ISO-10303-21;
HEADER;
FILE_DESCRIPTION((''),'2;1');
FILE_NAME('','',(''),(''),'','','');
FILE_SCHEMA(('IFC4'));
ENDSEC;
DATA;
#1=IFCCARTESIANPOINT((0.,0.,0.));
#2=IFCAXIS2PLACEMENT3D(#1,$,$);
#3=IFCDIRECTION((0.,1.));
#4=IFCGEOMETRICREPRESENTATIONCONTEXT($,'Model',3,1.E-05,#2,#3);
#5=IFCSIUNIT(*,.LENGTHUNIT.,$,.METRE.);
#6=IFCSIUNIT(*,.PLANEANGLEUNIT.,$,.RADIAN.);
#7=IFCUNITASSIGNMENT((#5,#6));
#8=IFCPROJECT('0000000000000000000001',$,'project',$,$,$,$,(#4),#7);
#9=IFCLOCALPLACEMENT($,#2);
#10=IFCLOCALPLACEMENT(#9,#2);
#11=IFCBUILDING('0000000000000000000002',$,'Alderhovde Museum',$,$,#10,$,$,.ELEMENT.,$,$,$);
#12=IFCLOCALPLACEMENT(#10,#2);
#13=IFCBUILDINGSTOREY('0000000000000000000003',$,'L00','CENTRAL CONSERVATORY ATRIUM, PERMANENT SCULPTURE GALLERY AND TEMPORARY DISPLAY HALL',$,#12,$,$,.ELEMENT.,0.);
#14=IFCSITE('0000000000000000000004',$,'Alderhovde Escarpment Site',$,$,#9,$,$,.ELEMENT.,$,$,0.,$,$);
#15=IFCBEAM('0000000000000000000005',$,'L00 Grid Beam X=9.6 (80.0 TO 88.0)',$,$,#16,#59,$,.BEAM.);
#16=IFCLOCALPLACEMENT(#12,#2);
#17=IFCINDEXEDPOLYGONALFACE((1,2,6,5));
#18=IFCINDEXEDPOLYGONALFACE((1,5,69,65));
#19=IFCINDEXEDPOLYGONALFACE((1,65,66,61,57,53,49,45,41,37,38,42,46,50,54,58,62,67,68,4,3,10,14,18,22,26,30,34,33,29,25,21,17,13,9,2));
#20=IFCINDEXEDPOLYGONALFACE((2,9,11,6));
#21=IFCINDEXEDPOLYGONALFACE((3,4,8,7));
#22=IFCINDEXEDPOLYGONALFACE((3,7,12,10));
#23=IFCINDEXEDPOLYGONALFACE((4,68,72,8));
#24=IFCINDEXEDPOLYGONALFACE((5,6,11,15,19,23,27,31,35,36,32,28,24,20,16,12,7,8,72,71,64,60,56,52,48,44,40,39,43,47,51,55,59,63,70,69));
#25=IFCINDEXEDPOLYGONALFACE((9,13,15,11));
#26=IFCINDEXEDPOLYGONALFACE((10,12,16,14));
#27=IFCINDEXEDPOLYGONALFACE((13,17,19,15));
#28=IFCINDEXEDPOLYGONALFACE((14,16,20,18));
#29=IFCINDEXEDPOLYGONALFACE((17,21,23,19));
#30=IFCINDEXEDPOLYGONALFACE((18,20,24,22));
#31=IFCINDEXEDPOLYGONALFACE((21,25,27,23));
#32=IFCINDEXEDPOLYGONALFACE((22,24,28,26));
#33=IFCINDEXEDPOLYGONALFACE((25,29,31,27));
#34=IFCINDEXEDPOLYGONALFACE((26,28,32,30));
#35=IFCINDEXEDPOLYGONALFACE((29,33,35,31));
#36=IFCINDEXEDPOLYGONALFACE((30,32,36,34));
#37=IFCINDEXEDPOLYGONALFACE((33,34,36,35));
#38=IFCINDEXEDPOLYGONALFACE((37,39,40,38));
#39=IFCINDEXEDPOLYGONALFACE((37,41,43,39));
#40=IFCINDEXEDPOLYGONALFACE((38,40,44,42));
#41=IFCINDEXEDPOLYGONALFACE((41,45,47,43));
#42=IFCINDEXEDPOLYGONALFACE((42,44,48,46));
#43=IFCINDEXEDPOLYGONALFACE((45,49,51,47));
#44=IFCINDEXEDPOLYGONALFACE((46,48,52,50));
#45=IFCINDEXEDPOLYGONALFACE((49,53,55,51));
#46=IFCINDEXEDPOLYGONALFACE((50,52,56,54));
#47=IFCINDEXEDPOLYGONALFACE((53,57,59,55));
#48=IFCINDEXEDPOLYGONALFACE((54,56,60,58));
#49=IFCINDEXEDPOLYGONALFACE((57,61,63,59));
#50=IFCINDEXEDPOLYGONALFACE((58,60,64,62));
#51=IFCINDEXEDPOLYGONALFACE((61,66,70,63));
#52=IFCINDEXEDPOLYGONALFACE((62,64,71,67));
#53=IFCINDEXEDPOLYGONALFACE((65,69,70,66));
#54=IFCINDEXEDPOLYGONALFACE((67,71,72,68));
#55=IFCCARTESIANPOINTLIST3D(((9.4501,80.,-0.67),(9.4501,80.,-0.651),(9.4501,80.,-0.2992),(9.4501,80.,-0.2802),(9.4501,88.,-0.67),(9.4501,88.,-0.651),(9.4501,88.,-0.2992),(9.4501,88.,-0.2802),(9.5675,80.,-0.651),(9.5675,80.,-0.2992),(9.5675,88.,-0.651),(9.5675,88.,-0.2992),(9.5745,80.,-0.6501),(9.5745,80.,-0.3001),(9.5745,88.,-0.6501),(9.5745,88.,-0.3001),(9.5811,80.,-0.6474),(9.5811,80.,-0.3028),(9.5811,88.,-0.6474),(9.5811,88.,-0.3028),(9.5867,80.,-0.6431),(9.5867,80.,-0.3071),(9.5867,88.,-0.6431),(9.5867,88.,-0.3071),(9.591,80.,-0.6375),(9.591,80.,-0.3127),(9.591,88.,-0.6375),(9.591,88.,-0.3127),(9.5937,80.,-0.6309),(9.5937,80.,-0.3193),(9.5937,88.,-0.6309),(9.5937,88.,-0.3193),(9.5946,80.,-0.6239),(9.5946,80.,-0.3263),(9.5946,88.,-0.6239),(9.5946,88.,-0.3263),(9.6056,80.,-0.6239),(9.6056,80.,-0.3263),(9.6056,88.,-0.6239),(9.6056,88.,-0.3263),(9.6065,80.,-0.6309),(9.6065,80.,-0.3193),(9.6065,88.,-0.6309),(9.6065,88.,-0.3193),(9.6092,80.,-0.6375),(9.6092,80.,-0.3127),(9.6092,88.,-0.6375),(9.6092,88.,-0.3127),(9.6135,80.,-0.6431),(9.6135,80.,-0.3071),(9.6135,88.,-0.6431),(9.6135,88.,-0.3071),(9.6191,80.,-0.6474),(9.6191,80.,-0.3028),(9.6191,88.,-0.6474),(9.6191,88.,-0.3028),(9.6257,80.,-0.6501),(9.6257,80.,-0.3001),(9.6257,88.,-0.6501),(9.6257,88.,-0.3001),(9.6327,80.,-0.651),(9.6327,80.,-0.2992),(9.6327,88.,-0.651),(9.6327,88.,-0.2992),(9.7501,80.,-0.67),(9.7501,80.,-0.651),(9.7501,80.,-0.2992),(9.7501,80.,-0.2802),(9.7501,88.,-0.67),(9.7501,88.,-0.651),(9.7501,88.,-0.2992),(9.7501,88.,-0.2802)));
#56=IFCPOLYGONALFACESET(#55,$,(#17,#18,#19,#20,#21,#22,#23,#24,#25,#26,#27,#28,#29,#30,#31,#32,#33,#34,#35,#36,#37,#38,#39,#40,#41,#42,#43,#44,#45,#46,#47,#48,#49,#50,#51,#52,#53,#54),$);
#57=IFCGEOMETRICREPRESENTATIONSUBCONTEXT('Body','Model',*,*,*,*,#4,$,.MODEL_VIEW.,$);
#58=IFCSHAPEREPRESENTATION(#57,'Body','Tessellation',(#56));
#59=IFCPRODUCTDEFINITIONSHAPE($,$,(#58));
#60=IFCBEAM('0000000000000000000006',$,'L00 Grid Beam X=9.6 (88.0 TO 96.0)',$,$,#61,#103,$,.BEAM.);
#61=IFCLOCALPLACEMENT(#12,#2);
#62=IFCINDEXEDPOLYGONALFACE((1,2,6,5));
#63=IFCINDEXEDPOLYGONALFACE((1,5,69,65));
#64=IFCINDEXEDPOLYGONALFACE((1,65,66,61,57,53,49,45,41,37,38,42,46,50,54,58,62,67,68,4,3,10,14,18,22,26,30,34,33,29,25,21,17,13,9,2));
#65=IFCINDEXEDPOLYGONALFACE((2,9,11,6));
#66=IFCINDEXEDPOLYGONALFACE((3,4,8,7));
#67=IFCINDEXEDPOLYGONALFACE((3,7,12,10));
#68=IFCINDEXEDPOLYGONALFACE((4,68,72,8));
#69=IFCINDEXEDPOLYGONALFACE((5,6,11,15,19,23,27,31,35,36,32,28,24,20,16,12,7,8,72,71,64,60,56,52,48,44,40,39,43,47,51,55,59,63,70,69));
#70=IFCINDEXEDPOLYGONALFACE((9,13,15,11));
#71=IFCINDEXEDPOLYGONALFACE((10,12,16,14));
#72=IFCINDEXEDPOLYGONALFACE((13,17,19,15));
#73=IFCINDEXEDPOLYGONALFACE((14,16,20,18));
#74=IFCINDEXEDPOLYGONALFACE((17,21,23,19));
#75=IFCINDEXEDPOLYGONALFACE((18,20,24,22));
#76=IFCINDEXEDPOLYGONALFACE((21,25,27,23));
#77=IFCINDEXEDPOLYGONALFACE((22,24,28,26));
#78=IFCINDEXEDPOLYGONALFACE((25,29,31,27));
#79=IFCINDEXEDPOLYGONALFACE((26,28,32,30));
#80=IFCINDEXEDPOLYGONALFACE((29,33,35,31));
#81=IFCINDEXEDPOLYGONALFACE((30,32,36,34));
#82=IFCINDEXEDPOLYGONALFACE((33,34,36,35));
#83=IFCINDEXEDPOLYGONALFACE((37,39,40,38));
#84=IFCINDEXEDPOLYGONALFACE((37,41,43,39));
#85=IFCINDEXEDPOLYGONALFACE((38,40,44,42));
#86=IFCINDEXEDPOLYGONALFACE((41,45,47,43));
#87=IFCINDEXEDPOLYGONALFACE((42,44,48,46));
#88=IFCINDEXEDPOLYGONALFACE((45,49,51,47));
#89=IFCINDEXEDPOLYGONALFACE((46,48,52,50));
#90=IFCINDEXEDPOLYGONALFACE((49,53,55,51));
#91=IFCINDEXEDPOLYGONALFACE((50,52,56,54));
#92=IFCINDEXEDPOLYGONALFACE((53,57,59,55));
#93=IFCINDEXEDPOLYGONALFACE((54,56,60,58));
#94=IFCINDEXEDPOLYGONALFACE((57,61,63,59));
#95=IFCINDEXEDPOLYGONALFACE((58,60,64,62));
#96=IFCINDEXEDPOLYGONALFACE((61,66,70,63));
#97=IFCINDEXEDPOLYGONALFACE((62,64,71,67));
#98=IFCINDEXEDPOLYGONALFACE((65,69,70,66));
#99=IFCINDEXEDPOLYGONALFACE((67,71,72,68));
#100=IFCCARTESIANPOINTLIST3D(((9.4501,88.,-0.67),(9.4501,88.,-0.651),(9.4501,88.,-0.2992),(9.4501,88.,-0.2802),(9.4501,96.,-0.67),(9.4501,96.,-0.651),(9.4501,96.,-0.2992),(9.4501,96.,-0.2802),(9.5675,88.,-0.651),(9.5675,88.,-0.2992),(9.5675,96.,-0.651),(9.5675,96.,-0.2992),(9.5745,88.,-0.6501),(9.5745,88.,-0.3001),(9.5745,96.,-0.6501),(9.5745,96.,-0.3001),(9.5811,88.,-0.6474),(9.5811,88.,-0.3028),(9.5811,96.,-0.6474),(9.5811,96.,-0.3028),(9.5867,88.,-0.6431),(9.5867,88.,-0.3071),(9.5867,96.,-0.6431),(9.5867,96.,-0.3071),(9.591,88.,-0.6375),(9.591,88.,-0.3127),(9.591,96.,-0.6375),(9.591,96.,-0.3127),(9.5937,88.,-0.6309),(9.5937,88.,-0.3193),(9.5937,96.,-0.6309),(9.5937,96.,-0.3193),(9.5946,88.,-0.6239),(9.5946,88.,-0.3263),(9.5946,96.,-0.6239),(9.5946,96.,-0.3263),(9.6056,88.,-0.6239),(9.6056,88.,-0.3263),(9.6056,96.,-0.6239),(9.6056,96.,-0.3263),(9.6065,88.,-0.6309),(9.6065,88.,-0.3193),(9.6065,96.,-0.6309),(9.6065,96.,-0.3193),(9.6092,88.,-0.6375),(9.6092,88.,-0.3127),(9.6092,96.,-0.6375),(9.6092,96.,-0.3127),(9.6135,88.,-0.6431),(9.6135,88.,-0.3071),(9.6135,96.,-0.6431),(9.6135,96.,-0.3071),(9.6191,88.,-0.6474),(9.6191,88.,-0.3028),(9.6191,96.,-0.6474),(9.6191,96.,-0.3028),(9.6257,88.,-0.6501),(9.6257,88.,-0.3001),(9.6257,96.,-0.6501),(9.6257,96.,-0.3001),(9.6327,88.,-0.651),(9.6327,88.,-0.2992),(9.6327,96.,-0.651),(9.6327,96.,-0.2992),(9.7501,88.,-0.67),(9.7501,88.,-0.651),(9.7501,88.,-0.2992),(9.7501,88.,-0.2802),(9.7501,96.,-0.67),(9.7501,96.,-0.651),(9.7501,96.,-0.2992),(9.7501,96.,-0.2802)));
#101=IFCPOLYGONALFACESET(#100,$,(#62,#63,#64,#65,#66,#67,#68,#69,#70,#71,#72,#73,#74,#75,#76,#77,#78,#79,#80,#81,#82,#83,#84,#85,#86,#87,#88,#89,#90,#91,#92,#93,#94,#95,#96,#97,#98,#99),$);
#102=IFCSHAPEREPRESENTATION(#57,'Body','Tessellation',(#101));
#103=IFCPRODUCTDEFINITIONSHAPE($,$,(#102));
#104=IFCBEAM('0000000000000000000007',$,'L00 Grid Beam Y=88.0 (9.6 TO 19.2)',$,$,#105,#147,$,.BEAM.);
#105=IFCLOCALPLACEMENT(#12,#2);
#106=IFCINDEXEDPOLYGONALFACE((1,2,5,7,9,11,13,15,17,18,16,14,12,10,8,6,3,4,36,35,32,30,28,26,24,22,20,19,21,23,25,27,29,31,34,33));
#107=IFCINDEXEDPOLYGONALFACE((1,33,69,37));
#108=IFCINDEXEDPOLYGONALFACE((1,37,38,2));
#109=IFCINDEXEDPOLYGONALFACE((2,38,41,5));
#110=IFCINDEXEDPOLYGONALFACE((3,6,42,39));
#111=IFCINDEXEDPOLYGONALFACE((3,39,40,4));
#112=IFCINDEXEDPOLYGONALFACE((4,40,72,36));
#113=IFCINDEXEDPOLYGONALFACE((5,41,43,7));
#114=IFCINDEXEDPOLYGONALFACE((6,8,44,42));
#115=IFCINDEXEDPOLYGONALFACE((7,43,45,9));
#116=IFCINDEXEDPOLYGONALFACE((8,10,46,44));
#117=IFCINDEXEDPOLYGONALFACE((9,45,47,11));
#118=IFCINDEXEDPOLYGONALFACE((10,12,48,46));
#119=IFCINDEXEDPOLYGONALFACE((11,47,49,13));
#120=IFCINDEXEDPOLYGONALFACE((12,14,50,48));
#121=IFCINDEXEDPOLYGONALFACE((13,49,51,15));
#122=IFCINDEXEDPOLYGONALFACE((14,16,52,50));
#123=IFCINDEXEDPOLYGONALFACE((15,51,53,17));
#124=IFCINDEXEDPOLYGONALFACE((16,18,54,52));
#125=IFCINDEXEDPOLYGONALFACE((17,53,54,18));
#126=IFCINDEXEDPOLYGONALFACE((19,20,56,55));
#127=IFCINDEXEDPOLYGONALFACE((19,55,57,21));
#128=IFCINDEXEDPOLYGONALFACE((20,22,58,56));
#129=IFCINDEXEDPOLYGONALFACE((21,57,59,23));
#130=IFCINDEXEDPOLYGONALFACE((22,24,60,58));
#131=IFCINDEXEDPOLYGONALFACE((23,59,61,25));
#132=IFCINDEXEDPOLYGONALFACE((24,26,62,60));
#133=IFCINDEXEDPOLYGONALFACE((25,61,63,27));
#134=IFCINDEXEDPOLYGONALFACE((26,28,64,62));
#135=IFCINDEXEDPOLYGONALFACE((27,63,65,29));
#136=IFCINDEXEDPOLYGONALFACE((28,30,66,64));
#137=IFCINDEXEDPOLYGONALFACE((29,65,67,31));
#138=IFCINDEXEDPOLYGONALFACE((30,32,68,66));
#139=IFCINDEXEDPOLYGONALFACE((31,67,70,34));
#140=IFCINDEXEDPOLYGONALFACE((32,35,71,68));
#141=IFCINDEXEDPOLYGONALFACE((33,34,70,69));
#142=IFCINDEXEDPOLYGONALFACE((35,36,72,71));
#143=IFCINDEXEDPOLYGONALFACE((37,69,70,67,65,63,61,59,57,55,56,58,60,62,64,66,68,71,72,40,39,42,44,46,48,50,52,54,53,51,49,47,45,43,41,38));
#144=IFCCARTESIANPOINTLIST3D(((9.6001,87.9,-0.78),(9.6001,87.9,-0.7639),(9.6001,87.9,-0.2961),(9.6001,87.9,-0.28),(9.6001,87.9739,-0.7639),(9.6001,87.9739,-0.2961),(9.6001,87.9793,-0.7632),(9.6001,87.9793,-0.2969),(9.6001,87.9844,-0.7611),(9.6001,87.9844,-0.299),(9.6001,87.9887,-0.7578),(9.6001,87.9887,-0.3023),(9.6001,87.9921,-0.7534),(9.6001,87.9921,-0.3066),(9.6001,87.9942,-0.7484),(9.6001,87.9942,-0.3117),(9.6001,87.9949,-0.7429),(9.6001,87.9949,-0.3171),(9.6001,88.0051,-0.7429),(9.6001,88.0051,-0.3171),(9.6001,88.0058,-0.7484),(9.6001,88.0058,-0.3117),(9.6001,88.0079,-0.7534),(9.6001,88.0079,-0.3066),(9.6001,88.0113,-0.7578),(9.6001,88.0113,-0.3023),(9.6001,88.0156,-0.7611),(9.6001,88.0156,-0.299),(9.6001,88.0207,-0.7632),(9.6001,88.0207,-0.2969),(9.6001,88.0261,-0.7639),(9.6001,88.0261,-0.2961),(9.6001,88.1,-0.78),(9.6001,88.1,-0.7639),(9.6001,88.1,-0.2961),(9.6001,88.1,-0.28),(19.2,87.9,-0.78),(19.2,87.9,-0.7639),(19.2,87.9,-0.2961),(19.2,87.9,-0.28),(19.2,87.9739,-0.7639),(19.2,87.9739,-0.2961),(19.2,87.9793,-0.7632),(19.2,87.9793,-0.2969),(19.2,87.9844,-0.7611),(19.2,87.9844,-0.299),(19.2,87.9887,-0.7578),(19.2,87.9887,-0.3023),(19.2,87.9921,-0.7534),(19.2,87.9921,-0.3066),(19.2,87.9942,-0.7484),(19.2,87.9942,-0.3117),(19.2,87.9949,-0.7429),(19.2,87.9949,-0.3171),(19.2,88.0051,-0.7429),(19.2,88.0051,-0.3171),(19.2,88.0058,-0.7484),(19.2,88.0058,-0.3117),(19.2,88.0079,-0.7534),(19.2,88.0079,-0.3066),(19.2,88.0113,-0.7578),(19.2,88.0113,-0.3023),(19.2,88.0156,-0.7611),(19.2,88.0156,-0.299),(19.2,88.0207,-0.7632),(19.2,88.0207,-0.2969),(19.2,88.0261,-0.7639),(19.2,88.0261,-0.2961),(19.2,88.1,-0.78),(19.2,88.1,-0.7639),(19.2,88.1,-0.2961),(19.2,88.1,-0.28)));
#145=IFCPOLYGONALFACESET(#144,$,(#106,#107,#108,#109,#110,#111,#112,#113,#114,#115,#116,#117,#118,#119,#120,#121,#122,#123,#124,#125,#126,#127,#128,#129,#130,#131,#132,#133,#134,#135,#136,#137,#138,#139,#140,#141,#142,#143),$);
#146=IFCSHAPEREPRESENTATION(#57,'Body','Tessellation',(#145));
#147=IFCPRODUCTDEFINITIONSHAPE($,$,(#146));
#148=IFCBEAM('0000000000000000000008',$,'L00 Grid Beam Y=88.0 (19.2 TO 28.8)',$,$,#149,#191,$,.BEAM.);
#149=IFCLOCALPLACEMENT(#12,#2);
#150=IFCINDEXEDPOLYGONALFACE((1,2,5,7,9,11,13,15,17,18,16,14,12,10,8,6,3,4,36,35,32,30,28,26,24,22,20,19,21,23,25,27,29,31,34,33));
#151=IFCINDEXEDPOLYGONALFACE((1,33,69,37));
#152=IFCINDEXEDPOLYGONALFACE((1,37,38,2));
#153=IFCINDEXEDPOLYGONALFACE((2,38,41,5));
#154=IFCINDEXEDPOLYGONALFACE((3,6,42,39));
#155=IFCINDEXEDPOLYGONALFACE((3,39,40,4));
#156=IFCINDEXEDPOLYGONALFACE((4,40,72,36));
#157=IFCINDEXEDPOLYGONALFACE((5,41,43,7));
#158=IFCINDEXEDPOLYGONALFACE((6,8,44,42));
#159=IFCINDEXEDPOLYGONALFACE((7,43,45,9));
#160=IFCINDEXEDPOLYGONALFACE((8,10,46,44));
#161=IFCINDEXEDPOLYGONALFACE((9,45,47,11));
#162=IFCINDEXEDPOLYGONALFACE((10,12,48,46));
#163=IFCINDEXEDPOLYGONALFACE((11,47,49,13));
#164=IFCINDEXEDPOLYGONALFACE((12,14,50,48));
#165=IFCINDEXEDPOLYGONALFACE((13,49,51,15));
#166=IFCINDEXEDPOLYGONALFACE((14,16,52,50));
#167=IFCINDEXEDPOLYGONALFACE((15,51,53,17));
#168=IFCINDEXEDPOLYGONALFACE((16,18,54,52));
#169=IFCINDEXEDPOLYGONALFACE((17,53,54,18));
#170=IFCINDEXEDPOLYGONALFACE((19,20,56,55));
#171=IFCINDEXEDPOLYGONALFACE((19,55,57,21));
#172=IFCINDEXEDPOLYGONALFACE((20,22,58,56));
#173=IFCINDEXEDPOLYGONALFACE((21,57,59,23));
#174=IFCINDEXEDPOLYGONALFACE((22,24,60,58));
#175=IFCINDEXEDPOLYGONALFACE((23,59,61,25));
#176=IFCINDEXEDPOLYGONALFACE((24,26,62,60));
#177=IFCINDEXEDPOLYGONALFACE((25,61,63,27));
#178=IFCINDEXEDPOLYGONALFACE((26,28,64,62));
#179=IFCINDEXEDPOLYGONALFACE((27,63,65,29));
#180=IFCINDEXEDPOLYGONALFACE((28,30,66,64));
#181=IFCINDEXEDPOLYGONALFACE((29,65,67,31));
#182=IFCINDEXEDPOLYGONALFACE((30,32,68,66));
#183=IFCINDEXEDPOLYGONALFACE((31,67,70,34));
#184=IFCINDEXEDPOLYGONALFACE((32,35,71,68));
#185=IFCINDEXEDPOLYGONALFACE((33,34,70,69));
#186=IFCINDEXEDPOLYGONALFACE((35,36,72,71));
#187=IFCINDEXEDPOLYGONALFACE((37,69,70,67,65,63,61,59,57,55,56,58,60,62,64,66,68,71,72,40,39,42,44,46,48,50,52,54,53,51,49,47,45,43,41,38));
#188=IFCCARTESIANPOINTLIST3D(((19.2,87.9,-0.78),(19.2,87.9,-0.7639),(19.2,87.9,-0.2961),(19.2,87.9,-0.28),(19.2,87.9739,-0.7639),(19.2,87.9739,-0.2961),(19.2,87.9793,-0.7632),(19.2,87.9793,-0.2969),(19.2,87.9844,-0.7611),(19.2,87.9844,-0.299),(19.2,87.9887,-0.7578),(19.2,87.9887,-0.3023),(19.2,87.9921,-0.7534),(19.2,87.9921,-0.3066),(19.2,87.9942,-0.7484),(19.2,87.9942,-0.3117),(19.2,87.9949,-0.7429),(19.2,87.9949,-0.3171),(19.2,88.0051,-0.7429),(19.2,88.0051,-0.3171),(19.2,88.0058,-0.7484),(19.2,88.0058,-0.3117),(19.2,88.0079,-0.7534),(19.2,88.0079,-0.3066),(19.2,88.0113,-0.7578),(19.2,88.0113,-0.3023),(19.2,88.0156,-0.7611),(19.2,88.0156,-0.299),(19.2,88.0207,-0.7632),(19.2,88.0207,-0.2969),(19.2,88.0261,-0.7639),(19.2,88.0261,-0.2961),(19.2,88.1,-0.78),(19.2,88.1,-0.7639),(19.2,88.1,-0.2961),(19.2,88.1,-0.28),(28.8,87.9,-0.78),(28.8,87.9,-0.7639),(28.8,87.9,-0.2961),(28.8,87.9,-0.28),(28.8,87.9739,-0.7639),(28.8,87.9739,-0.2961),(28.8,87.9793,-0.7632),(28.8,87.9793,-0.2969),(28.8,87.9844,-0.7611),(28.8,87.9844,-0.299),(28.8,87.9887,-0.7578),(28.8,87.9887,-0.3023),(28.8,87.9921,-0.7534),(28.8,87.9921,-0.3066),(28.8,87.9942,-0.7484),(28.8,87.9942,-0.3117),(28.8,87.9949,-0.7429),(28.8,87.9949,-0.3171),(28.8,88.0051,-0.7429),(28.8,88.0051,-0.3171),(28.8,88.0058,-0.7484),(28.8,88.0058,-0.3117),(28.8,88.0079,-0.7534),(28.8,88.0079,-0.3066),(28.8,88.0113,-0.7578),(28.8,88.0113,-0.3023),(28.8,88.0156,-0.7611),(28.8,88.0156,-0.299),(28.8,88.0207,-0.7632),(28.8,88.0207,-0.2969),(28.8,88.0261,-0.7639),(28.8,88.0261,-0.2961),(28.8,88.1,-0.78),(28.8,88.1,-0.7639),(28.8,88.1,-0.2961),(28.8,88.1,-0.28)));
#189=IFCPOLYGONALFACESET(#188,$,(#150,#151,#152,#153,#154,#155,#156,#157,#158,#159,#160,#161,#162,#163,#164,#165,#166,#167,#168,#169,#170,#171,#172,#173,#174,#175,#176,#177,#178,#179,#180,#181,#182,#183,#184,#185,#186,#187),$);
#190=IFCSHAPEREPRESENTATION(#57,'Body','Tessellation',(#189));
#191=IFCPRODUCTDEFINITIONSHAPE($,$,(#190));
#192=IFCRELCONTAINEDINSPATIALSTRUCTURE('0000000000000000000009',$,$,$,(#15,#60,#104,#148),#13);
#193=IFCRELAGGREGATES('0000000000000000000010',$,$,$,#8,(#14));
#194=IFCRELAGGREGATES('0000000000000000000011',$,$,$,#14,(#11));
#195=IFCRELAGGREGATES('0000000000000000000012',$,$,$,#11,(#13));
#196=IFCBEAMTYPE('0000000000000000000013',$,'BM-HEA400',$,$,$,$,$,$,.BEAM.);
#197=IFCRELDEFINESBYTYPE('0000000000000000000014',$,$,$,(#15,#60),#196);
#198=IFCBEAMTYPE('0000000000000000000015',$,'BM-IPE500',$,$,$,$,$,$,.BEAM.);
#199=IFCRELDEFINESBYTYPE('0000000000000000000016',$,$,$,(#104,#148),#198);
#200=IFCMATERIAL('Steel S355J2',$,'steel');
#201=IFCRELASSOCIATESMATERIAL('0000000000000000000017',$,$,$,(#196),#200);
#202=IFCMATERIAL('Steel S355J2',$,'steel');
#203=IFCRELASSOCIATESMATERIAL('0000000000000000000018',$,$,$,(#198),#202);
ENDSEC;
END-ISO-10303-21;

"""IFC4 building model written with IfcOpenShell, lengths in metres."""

from ifc_helpers import new_model, si_unit, direction, frame, origin, origin_2d, place, context, subcontext, project, spatial, i_section, extrude, material, material_profile, profile_set, type_object, element, save


model = new_model("IFC4")

# Units and contexts
model_context = context("Model", 3, precision=1e-05, world=origin(), true_north=direction((0.0, 1.0)))
body_context = subcontext(model_context, "Body", "Model", "MODEL_VIEW")
ifc_project = project(units=[si_unit("LENGTHUNIT", "METRE"), si_unit("PLANEANGLEUNIT", "RADIAN")], contexts=[model_context])

# Site, building, storey
site_placement = place(None, origin())
site = spatial("IfcSite", under=ifc_project, at=site_placement, Name="Alderhovde Escarpment Site", CompositionType="ELEMENT", RefElevation=0.0)
building_placement = place(site_placement, origin())
building = spatial("IfcBuilding", under=site, at=building_placement, Name="Alderhovde Museum", CompositionType="ELEMENT")
storey_placement = place(building_placement, origin())
storey = spatial("IfcBuildingStorey", under=building, at=storey_placement, Name="L00", Description="CENTRAL CONSERVATORY ATRIUM, PERMANENT SCULPTURE GALLERY AND TEMPORARY DISPLAY HALL", CompositionType="ELEMENT", Elevation=0.0)

# Beams
ifc_material_1 = material(Name="Steel S355J2", Category="steel")
ifc_material_profile_1 = material_profile(ifc_material_1, i_section(OverallWidth=0.3, OverallDepth=0.3899, WebThickness=0.011, FlangeThickness=0.019, FilletRadius=0.0271, at=origin_2d()), Name="HEA 400")
ifc_profile_set_1 = profile_set([ifc_material_profile_1], Name="Steel S355J2")
beam_type_1 = type_object("IfcBeamType", Name="BM-HEA400", PredefinedType="BEAM", material=ifc_profile_set_1)
for number, where, z_axis, x_axis, name in (
    (1, (9.6001, 80.0, -0.4751), (0.0, 1.0, 0.0), (-1.0, 0.0, 0.0), "L00 Grid Beam X=9.6 (80.0 TO 88.0)"),
    (2, (9.6001, 88.0, -0.4751), (0.0, 1.0, 0.0), (-1.0, 0.0, 0.0), "L00 Grid Beam X=9.6 (88.0 TO 96.0)"),
):
    element("IfcBeam", number, at=place(storey_placement, frame(where, z_axis=z_axis, x_axis=x_axis)), inside=storey, type_object=beam_type_1, Name=name, PredefinedType="BEAM", context=body_context, shape_type="SweptSolid", body=[
        extrude(i_section(OverallWidth=0.3, OverallDepth=0.3899, WebThickness=0.011, FlangeThickness=0.019, FilletRadius=0.0271, at=origin_2d()), origin(), (0.0, 0.0, 1.0), 8.0),
    ])
ifc_material_2 = material(Name="Steel S355J2", Category="steel")
ifc_material_profile_2 = material_profile(ifc_material_2, i_section(OverallWidth=0.2, OverallDepth=0.5, WebThickness=0.0103, FlangeThickness=0.0161, FilletRadius=0.021, at=origin_2d()), Name="IPE 500")
ifc_profile_set_2 = profile_set([ifc_material_profile_2], Name="Steel S355J2")
beam_type_2 = type_object("IfcBeamType", Name="BM-IPE500", PredefinedType="BEAM", material=ifc_profile_set_2)
beam_1_placement = place(storey_placement, frame((9.6001, 88.0, -0.53), z_axis=(1.0, 0.0, 0.0), x_axis=(0.0, 1.0, 0.0)))
element("IfcBeam", 3, at=beam_1_placement, inside=storey, type_object=beam_type_2, Name="L00 Grid Beam Y=88.0 (9.6 TO 19.2)", PredefinedType="BEAM", context=body_context, shape_type="SweptSolid", body=[
    extrude(i_section(OverallWidth=0.2, OverallDepth=0.5, WebThickness=0.0103, FlangeThickness=0.0161, FilletRadius=0.021, at=origin_2d()), origin(), (0.0, 0.0, 1.0), 9.5999),
])
beam_2_placement = place(storey_placement, frame((19.2, 88.0, -0.53), z_axis=(1.0, 0.0, 0.0), x_axis=(0.0, 1.0, 0.0)))
element("IfcBeam", 4, at=beam_2_placement, inside=storey, type_object=beam_type_2, Name="L00 Grid Beam Y=88.0 (19.2 TO 28.8)", PredefinedType="BEAM", context=body_context, shape_type="SweptSolid", body=[
    extrude(i_section(OverallWidth=0.2, OverallDepth=0.5, WebThickness=0.0103, FlangeThickness=0.0161, FilletRadius=0.021, at=origin_2d()), origin(), (0.0, 0.0, 1.0), 9.6001),
])

save(model, "model.ifc")
